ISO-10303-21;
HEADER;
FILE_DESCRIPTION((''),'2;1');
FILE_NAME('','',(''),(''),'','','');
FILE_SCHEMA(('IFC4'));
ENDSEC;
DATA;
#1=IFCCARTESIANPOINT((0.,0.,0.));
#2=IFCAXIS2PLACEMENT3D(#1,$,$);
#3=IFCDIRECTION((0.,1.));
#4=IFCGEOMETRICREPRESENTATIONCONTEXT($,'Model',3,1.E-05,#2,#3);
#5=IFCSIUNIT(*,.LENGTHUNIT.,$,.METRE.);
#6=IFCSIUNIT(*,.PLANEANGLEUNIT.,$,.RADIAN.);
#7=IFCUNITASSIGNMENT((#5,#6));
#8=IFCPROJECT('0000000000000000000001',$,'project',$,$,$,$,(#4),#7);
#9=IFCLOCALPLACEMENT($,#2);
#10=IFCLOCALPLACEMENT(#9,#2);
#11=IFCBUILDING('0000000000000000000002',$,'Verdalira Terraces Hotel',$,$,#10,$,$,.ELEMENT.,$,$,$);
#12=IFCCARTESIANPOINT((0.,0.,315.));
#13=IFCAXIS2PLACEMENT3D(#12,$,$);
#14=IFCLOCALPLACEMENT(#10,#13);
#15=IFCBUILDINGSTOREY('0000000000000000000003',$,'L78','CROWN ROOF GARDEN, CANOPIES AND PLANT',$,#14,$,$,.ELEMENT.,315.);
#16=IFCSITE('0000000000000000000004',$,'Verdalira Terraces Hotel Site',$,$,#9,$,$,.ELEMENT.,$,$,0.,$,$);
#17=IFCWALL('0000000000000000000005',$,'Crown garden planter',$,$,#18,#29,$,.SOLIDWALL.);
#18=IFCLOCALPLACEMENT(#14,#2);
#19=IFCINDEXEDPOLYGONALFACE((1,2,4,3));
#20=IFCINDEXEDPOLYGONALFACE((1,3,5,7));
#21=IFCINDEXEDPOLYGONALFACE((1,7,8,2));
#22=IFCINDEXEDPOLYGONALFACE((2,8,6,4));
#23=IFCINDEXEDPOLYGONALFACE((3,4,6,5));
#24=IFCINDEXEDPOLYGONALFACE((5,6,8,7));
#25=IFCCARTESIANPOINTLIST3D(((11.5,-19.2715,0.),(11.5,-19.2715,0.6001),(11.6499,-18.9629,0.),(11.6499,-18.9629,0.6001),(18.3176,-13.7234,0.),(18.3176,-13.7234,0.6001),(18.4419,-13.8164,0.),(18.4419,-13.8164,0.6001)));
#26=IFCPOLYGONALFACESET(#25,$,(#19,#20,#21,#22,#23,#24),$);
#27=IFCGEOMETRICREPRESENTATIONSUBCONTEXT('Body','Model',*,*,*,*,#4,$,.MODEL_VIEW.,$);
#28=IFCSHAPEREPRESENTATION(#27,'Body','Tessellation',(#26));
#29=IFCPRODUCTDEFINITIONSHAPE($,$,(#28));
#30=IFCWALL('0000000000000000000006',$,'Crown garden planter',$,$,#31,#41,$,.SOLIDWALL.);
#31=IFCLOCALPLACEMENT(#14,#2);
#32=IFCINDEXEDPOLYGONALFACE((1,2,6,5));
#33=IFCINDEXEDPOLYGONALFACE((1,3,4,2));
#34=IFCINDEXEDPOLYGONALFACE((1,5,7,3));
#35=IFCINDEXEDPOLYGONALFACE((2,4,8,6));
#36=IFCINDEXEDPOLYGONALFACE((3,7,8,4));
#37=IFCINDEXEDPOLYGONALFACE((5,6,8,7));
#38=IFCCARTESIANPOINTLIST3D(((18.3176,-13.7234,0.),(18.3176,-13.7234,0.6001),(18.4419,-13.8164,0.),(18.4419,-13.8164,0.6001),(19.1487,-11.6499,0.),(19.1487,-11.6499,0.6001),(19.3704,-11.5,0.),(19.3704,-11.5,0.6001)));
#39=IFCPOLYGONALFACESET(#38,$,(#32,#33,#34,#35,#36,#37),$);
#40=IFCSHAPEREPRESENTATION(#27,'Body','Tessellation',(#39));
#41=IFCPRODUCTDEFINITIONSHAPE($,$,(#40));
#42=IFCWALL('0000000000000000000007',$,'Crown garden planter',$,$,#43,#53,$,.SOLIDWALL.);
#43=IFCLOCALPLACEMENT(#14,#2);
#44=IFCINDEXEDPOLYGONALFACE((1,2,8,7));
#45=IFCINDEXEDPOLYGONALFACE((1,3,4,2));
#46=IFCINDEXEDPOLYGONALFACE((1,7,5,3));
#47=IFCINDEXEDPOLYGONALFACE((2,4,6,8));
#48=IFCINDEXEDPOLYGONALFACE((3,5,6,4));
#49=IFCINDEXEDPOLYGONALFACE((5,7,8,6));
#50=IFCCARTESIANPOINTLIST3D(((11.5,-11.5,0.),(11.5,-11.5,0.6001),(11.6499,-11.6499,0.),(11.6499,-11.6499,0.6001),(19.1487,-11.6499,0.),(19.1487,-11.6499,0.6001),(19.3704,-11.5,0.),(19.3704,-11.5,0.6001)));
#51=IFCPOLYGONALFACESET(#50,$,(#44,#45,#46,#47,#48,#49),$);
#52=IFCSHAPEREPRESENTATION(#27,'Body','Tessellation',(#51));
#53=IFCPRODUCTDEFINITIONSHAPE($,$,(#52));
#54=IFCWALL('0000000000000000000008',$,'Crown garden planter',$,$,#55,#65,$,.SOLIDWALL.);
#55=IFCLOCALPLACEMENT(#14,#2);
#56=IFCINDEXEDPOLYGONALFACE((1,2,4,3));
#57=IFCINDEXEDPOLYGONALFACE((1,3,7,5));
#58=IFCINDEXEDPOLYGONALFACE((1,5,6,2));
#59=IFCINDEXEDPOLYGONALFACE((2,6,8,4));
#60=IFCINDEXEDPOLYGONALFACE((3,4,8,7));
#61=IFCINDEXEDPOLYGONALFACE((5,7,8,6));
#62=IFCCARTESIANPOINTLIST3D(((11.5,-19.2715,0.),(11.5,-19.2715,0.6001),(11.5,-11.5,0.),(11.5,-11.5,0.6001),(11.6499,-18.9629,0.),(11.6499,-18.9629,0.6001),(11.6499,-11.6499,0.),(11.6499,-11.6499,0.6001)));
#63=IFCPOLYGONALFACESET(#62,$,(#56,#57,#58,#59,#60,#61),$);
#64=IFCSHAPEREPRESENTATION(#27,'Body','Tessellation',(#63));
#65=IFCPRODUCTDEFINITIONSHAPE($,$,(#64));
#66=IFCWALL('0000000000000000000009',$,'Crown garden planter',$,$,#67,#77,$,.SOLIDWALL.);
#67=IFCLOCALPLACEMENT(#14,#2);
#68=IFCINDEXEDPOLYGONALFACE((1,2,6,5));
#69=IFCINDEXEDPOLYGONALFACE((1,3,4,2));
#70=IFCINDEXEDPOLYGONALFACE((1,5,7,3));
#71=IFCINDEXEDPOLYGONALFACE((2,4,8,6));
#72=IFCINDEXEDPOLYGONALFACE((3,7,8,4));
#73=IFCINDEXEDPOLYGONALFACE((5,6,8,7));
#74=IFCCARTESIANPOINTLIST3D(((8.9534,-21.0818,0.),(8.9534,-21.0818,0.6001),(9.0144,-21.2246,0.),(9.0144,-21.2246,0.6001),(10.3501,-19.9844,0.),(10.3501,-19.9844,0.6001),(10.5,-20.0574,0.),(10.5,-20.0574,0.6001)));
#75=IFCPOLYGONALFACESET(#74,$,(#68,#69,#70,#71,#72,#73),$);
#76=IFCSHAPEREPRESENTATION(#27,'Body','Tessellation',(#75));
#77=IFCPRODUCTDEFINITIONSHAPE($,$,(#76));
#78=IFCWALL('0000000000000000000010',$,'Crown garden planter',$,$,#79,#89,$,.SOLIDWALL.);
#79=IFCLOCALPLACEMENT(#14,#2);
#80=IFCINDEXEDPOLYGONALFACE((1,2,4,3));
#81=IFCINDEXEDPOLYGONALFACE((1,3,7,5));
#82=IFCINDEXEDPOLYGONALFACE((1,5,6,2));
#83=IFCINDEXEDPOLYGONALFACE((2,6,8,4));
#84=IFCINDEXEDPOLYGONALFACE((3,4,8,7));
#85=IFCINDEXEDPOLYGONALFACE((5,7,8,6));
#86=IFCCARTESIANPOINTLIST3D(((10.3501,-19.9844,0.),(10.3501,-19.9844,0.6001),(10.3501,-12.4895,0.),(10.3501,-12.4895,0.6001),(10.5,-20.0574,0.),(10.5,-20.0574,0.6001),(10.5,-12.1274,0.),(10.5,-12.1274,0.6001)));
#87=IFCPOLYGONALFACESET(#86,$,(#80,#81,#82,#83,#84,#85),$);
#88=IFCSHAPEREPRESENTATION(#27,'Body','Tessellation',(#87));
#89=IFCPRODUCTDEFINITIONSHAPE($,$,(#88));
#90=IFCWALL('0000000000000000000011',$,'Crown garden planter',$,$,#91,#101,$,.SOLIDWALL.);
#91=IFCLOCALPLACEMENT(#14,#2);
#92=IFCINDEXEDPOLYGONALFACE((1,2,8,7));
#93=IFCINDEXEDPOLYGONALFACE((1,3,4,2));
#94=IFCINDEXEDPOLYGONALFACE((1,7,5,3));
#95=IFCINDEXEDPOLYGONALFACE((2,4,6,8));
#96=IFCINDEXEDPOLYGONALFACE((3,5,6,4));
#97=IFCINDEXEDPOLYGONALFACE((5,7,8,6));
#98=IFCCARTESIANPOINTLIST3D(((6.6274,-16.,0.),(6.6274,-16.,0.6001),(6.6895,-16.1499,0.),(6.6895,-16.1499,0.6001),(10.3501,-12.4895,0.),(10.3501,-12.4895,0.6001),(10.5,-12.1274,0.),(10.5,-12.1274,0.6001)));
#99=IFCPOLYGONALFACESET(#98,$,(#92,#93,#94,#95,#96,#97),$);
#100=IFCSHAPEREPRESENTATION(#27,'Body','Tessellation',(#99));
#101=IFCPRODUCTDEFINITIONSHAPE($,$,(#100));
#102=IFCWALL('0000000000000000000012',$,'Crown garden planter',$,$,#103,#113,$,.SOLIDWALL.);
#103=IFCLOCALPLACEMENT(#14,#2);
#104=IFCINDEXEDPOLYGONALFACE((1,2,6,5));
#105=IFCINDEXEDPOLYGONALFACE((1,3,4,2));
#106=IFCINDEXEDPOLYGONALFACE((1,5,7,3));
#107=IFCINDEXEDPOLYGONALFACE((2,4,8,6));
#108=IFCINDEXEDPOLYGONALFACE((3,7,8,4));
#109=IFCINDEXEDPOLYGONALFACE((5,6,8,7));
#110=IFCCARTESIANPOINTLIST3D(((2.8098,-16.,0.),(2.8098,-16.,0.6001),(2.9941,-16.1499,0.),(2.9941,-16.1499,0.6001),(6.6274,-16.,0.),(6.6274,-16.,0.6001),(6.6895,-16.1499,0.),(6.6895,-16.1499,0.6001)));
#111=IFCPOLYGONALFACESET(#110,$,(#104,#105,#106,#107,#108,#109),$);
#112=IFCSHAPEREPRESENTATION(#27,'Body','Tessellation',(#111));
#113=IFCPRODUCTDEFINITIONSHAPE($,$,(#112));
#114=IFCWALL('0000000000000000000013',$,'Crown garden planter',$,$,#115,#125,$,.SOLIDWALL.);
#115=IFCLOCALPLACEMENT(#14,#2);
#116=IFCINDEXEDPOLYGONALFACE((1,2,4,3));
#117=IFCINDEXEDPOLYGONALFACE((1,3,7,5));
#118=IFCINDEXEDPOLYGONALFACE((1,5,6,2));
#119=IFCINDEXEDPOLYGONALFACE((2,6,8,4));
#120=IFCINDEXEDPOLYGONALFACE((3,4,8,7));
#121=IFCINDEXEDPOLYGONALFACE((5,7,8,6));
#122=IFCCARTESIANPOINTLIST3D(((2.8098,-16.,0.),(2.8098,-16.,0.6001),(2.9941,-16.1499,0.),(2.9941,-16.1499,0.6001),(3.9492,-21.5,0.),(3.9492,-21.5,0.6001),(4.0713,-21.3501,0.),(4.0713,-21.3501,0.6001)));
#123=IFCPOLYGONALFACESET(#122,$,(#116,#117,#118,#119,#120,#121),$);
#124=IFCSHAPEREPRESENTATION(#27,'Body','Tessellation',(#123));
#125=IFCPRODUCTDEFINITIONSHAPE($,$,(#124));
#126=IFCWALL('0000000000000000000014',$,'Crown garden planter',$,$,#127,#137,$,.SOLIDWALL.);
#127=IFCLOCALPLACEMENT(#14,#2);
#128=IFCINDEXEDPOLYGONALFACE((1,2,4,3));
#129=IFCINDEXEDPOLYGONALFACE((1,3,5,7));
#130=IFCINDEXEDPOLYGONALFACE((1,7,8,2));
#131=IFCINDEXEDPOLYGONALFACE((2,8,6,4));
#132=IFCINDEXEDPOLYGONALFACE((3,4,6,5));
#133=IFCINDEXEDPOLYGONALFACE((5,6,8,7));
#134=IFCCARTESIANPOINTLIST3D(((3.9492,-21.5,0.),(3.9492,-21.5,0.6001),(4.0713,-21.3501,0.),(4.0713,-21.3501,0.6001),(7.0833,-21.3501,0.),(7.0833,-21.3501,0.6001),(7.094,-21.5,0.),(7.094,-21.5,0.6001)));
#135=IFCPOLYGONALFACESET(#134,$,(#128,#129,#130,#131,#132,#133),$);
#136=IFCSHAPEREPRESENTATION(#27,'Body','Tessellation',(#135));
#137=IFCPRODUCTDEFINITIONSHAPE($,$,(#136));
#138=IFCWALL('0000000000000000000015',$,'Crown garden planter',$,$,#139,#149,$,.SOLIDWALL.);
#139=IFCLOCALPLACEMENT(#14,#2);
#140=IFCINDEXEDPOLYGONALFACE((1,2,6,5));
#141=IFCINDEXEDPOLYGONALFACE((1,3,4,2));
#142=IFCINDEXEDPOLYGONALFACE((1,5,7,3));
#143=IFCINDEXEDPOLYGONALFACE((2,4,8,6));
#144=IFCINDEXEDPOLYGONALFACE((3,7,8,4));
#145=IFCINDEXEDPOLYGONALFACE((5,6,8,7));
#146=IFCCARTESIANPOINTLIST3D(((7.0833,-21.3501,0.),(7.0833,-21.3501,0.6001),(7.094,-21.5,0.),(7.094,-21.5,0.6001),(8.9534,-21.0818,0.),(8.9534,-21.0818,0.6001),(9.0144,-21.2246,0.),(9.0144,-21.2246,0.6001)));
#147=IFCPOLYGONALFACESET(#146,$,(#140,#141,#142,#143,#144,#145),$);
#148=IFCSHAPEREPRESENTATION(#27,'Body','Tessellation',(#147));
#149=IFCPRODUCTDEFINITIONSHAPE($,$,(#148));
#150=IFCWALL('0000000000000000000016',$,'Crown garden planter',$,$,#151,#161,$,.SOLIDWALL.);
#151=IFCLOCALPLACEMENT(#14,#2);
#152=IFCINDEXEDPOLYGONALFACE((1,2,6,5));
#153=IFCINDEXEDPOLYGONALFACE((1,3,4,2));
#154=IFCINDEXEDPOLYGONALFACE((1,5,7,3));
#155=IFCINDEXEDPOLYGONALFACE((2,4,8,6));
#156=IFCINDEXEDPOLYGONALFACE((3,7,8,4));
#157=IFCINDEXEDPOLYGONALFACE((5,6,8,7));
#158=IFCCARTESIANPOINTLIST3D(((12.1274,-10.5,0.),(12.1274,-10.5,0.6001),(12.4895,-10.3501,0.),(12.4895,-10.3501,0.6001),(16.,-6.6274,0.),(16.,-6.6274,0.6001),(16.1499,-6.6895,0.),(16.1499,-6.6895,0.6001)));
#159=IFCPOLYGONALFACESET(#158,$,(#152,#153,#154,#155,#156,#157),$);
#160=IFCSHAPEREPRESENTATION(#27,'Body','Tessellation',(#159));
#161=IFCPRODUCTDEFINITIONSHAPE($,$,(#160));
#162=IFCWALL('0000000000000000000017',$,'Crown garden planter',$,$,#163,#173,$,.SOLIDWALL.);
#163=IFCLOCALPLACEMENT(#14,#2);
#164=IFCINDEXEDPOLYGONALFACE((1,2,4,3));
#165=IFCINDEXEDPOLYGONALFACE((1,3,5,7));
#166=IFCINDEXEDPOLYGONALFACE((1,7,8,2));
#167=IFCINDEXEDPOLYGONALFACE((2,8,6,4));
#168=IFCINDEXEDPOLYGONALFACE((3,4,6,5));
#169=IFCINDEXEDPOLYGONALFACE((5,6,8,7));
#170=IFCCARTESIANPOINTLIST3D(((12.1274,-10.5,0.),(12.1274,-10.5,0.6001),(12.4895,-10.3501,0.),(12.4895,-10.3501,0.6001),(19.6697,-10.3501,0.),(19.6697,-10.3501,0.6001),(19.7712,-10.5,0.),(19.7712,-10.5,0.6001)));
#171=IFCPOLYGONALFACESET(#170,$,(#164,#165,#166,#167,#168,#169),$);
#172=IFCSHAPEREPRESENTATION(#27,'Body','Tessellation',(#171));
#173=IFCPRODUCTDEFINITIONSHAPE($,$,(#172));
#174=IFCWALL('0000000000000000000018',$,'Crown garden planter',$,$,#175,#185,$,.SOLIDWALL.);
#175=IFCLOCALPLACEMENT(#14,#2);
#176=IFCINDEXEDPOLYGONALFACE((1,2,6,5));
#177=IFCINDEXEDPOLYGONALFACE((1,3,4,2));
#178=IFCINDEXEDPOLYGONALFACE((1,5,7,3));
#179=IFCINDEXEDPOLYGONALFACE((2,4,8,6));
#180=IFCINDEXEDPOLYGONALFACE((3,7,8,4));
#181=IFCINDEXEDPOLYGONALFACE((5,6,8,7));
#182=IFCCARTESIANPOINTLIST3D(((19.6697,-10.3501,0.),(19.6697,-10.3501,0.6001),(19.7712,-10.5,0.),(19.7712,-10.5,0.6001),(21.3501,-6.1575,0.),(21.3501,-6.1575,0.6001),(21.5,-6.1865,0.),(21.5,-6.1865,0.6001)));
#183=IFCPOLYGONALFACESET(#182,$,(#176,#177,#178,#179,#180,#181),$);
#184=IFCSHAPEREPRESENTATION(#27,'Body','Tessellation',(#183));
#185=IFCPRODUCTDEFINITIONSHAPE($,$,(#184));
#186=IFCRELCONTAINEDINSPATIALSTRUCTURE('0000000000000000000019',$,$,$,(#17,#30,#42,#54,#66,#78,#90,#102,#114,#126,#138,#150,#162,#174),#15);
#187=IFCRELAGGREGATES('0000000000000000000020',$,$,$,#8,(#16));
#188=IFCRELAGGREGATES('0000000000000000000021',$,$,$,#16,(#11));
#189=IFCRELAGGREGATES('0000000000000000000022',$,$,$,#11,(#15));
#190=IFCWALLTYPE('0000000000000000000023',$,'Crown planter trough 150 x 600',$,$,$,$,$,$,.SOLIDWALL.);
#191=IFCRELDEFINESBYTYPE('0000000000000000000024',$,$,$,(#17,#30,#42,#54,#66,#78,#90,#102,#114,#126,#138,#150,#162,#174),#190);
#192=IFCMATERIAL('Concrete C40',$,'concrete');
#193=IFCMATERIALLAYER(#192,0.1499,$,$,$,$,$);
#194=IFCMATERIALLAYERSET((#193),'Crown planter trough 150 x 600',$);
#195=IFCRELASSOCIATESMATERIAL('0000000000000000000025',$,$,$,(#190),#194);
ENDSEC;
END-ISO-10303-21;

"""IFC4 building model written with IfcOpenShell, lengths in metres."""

from ifc_helpers import new_model, si_unit, direction, frame, origin, place, context, subcontext, project, spatial, polyline, outline, extrude, material, layer, layer_set, type_object, element, save


model = new_model("IFC4")

# Units and contexts
model_context = context("Model", 3, precision=1e-05, world=origin(), true_north=direction((0.0, 1.0)))
body_context = subcontext(model_context, "Body", "Model", "MODEL_VIEW")
ifc_project = project(units=[si_unit("LENGTHUNIT", "METRE"), si_unit("PLANEANGLEUNIT", "RADIAN")], contexts=[model_context])

# Site, building, storey
site_placement = place(None, origin())
site = spatial("IfcSite", under=ifc_project, at=site_placement, Name="Verdalira Terraces Hotel Site", CompositionType="ELEMENT", RefElevation=0.0)
building_placement = place(site_placement, origin())
building = spatial("IfcBuilding", under=site, at=building_placement, Name="Verdalira Terraces Hotel", CompositionType="ELEMENT")
storey_placement = place(building_placement, frame((0.0, 0.0, 315.0)))
storey = spatial("IfcBuildingStorey", under=building, at=storey_placement, Name="L78", Description="CROWN ROOF GARDEN, CANOPIES AND PLANT", CompositionType="ELEMENT", Elevation=315.0)

# Walls
ifc_material_1 = material(Name="Concrete C40", Category="concrete")
ifc_layer_1 = layer(ifc_material_1, 0.1499)
ifc_layer_set_1 = layer_set([ifc_layer_1], Name="Crown planter trough 150 x 600")
wall_type = type_object("IfcWallType", Name="Crown planter trough 150 x 600", PredefinedType="SOLIDWALL", material=ifc_layer_set_1)
wall_1_placement = place(storey_placement, origin())
element("IfcWall", 1, at=wall_1_placement, inside=storey, type_object=wall_type, Name="Crown garden planter", PredefinedType="SOLIDWALL", context=body_context, shape_type="SweptSolid", body=[
    extrude(outline(polyline([(11.5, -19.2715), (18.4419, -13.8164), (18.3176, -13.7234), (11.6499, -18.9629), (11.5, -19.2715)])), origin(), (0.0, 0.0, 1.0), 0.6001),
])
wall_2_placement = place(storey_placement, origin())
element("IfcWall", 2, at=wall_2_placement, inside=storey, type_object=wall_type, Name="Crown garden planter", PredefinedType="SOLIDWALL", context=body_context, shape_type="SweptSolid", body=[
    extrude(outline(polyline([(18.4419, -13.8164), (19.3704, -11.5), (19.1487, -11.6499), (18.3176, -13.7234), (18.4419, -13.8164)])), origin(), (0.0, 0.0, 1.0), 0.6001),
])
wall_3_placement = place(storey_placement, origin())
element("IfcWall", 3, at=wall_3_placement, inside=storey, type_object=wall_type, Name="Crown garden planter", PredefinedType="SOLIDWALL", context=body_context, shape_type="SweptSolid", body=[
    extrude(outline(polyline([(19.3704, -11.5), (11.5, -11.5), (11.6499, -11.6499), (19.1487, -11.6499), (19.3704, -11.5)])), origin(), (0.0, 0.0, 1.0), 0.6001),
])
wall_4_placement = place(storey_placement, origin())
element("IfcWall", 4, at=wall_4_placement, inside=storey, type_object=wall_type, Name="Crown garden planter", PredefinedType="SOLIDWALL", context=body_context, shape_type="SweptSolid", body=[
    extrude(outline(polyline([(11.5, -11.5), (11.5, -19.2715), (11.6499, -18.9629), (11.6499, -11.6499), (11.5, -11.5)])), origin(), (0.0, 0.0, 1.0), 0.6001),
])
wall_5_placement = place(storey_placement, origin())
element("IfcWall", 5, at=wall_5_placement, inside=storey, type_object=wall_type, Name="Crown garden planter", PredefinedType="SOLIDWALL", context=body_context, shape_type="SweptSolid", body=[
    extrude(outline(polyline([(9.0144, -21.2246), (10.5, -20.0574), (10.3501, -19.9844), (8.9534, -21.0818), (9.0144, -21.2246)])), origin(), (0.0, 0.0, 1.0), 0.6001),
])
wall_6_placement = place(storey_placement, origin())
element("IfcWall", 6, at=wall_6_placement, inside=storey, type_object=wall_type, Name="Crown garden planter", PredefinedType="SOLIDWALL", context=body_context, shape_type="SweptSolid", body=[
    extrude(outline(polyline([(10.5, -20.0574), (10.5, -12.1274), (10.3501, -12.4895), (10.3501, -19.9844), (10.5, -20.0574)])), origin(), (0.0, 0.0, 1.0), 0.6001),
])
wall_7_placement = place(storey_placement, origin())
element("IfcWall", 7, at=wall_7_placement, inside=storey, type_object=wall_type, Name="Crown garden planter", PredefinedType="SOLIDWALL", context=body_context, shape_type="SweptSolid", body=[
    extrude(outline(polyline([(10.5, -12.1274), (6.6274, -16.0), (6.6895, -16.1499), (10.3501, -12.4895), (10.5, -12.1274)])), origin(), (0.0, 0.0, 1.0), 0.6001),
])
wall_8_placement = place(storey_placement, origin())
element("IfcWall", 8, at=wall_8_placement, inside=storey, type_object=wall_type, Name="Crown garden planter", PredefinedType="SOLIDWALL", context=body_context, shape_type="SweptSolid", body=[
    extrude(outline(polyline([(6.6274, -16.0), (2.8098, -16.0), (2.9941, -16.1499), (6.6895, -16.1499), (6.6274, -16.0)])), origin(), (0.0, 0.0, 1.0), 0.6001),
])
wall_9_placement = place(storey_placement, origin())
element("IfcWall", 9, at=wall_9_placement, inside=storey, type_object=wall_type, Name="Crown garden planter", PredefinedType="SOLIDWALL", context=body_context, shape_type="SweptSolid", body=[
    extrude(outline(polyline([(2.8098, -16.0), (3.9492, -21.5), (4.0713, -21.3501), (2.9941, -16.1499), (2.8098, -16.0)])), origin(), (0.0, 0.0, 1.0), 0.6001),
])
wall_10_placement = place(storey_placement, origin())
element("IfcWall", 10, at=wall_10_placement, inside=storey, type_object=wall_type, Name="Crown garden planter", PredefinedType="SOLIDWALL", context=body_context, shape_type="SweptSolid", body=[
    extrude(outline(polyline([(3.9492, -21.5), (7.094, -21.5), (7.0833, -21.3501), (4.0713, -21.3501), (3.9492, -21.5)])), origin(), (0.0, 0.0, 1.0), 0.6001),
])
wall_11_placement = place(storey_placement, origin())
element("IfcWall", 11, at=wall_11_placement, inside=storey, type_object=wall_type, Name="Crown garden planter", PredefinedType="SOLIDWALL", context=body_context, shape_type="SweptSolid", body=[
    extrude(outline(polyline([(7.094, -21.5), (9.0144, -21.2246), (8.9534, -21.0818), (7.0833, -21.3501), (7.094, -21.5)])), origin(), (0.0, 0.0, 1.0), 0.6001),
])
wall_12_placement = place(storey_placement, origin())
element("IfcWall", 12, at=wall_12_placement, inside=storey, type_object=wall_type, Name="Crown garden planter", PredefinedType="SOLIDWALL", context=body_context, shape_type="SweptSolid", body=[
    extrude(outline(polyline([(16.0, -6.6274), (12.1274, -10.5), (12.4895, -10.3501), (16.1499, -6.6895), (16.0, -6.6274)])), origin(), (0.0, 0.0, 1.0), 0.6001),
])
wall_13_placement = place(storey_placement, origin())
element("IfcWall", 13, at=wall_13_placement, inside=storey, type_object=wall_type, Name="Crown garden planter", PredefinedType="SOLIDWALL", context=body_context, shape_type="SweptSolid", body=[
    extrude(outline(polyline([(12.1274, -10.5), (19.7712, -10.5), (19.6697, -10.3501), (12.4895, -10.3501), (12.1274, -10.5)])), origin(), (0.0, 0.0, 1.0), 0.6001),
])
wall_14_placement = place(storey_placement, origin())
element("IfcWall", 14, at=wall_14_placement, inside=storey, type_object=wall_type, Name="Crown garden planter", PredefinedType="SOLIDWALL", context=body_context, shape_type="SweptSolid", body=[
    extrude(outline(polyline([(19.7712, -10.5), (21.5, -6.1865), (21.3501, -6.1575), (19.6697, -10.3501), (19.7712, -10.5)])), origin(), (0.0, 0.0, 1.0), 0.6001),
])

save(model, "model.ifc")
